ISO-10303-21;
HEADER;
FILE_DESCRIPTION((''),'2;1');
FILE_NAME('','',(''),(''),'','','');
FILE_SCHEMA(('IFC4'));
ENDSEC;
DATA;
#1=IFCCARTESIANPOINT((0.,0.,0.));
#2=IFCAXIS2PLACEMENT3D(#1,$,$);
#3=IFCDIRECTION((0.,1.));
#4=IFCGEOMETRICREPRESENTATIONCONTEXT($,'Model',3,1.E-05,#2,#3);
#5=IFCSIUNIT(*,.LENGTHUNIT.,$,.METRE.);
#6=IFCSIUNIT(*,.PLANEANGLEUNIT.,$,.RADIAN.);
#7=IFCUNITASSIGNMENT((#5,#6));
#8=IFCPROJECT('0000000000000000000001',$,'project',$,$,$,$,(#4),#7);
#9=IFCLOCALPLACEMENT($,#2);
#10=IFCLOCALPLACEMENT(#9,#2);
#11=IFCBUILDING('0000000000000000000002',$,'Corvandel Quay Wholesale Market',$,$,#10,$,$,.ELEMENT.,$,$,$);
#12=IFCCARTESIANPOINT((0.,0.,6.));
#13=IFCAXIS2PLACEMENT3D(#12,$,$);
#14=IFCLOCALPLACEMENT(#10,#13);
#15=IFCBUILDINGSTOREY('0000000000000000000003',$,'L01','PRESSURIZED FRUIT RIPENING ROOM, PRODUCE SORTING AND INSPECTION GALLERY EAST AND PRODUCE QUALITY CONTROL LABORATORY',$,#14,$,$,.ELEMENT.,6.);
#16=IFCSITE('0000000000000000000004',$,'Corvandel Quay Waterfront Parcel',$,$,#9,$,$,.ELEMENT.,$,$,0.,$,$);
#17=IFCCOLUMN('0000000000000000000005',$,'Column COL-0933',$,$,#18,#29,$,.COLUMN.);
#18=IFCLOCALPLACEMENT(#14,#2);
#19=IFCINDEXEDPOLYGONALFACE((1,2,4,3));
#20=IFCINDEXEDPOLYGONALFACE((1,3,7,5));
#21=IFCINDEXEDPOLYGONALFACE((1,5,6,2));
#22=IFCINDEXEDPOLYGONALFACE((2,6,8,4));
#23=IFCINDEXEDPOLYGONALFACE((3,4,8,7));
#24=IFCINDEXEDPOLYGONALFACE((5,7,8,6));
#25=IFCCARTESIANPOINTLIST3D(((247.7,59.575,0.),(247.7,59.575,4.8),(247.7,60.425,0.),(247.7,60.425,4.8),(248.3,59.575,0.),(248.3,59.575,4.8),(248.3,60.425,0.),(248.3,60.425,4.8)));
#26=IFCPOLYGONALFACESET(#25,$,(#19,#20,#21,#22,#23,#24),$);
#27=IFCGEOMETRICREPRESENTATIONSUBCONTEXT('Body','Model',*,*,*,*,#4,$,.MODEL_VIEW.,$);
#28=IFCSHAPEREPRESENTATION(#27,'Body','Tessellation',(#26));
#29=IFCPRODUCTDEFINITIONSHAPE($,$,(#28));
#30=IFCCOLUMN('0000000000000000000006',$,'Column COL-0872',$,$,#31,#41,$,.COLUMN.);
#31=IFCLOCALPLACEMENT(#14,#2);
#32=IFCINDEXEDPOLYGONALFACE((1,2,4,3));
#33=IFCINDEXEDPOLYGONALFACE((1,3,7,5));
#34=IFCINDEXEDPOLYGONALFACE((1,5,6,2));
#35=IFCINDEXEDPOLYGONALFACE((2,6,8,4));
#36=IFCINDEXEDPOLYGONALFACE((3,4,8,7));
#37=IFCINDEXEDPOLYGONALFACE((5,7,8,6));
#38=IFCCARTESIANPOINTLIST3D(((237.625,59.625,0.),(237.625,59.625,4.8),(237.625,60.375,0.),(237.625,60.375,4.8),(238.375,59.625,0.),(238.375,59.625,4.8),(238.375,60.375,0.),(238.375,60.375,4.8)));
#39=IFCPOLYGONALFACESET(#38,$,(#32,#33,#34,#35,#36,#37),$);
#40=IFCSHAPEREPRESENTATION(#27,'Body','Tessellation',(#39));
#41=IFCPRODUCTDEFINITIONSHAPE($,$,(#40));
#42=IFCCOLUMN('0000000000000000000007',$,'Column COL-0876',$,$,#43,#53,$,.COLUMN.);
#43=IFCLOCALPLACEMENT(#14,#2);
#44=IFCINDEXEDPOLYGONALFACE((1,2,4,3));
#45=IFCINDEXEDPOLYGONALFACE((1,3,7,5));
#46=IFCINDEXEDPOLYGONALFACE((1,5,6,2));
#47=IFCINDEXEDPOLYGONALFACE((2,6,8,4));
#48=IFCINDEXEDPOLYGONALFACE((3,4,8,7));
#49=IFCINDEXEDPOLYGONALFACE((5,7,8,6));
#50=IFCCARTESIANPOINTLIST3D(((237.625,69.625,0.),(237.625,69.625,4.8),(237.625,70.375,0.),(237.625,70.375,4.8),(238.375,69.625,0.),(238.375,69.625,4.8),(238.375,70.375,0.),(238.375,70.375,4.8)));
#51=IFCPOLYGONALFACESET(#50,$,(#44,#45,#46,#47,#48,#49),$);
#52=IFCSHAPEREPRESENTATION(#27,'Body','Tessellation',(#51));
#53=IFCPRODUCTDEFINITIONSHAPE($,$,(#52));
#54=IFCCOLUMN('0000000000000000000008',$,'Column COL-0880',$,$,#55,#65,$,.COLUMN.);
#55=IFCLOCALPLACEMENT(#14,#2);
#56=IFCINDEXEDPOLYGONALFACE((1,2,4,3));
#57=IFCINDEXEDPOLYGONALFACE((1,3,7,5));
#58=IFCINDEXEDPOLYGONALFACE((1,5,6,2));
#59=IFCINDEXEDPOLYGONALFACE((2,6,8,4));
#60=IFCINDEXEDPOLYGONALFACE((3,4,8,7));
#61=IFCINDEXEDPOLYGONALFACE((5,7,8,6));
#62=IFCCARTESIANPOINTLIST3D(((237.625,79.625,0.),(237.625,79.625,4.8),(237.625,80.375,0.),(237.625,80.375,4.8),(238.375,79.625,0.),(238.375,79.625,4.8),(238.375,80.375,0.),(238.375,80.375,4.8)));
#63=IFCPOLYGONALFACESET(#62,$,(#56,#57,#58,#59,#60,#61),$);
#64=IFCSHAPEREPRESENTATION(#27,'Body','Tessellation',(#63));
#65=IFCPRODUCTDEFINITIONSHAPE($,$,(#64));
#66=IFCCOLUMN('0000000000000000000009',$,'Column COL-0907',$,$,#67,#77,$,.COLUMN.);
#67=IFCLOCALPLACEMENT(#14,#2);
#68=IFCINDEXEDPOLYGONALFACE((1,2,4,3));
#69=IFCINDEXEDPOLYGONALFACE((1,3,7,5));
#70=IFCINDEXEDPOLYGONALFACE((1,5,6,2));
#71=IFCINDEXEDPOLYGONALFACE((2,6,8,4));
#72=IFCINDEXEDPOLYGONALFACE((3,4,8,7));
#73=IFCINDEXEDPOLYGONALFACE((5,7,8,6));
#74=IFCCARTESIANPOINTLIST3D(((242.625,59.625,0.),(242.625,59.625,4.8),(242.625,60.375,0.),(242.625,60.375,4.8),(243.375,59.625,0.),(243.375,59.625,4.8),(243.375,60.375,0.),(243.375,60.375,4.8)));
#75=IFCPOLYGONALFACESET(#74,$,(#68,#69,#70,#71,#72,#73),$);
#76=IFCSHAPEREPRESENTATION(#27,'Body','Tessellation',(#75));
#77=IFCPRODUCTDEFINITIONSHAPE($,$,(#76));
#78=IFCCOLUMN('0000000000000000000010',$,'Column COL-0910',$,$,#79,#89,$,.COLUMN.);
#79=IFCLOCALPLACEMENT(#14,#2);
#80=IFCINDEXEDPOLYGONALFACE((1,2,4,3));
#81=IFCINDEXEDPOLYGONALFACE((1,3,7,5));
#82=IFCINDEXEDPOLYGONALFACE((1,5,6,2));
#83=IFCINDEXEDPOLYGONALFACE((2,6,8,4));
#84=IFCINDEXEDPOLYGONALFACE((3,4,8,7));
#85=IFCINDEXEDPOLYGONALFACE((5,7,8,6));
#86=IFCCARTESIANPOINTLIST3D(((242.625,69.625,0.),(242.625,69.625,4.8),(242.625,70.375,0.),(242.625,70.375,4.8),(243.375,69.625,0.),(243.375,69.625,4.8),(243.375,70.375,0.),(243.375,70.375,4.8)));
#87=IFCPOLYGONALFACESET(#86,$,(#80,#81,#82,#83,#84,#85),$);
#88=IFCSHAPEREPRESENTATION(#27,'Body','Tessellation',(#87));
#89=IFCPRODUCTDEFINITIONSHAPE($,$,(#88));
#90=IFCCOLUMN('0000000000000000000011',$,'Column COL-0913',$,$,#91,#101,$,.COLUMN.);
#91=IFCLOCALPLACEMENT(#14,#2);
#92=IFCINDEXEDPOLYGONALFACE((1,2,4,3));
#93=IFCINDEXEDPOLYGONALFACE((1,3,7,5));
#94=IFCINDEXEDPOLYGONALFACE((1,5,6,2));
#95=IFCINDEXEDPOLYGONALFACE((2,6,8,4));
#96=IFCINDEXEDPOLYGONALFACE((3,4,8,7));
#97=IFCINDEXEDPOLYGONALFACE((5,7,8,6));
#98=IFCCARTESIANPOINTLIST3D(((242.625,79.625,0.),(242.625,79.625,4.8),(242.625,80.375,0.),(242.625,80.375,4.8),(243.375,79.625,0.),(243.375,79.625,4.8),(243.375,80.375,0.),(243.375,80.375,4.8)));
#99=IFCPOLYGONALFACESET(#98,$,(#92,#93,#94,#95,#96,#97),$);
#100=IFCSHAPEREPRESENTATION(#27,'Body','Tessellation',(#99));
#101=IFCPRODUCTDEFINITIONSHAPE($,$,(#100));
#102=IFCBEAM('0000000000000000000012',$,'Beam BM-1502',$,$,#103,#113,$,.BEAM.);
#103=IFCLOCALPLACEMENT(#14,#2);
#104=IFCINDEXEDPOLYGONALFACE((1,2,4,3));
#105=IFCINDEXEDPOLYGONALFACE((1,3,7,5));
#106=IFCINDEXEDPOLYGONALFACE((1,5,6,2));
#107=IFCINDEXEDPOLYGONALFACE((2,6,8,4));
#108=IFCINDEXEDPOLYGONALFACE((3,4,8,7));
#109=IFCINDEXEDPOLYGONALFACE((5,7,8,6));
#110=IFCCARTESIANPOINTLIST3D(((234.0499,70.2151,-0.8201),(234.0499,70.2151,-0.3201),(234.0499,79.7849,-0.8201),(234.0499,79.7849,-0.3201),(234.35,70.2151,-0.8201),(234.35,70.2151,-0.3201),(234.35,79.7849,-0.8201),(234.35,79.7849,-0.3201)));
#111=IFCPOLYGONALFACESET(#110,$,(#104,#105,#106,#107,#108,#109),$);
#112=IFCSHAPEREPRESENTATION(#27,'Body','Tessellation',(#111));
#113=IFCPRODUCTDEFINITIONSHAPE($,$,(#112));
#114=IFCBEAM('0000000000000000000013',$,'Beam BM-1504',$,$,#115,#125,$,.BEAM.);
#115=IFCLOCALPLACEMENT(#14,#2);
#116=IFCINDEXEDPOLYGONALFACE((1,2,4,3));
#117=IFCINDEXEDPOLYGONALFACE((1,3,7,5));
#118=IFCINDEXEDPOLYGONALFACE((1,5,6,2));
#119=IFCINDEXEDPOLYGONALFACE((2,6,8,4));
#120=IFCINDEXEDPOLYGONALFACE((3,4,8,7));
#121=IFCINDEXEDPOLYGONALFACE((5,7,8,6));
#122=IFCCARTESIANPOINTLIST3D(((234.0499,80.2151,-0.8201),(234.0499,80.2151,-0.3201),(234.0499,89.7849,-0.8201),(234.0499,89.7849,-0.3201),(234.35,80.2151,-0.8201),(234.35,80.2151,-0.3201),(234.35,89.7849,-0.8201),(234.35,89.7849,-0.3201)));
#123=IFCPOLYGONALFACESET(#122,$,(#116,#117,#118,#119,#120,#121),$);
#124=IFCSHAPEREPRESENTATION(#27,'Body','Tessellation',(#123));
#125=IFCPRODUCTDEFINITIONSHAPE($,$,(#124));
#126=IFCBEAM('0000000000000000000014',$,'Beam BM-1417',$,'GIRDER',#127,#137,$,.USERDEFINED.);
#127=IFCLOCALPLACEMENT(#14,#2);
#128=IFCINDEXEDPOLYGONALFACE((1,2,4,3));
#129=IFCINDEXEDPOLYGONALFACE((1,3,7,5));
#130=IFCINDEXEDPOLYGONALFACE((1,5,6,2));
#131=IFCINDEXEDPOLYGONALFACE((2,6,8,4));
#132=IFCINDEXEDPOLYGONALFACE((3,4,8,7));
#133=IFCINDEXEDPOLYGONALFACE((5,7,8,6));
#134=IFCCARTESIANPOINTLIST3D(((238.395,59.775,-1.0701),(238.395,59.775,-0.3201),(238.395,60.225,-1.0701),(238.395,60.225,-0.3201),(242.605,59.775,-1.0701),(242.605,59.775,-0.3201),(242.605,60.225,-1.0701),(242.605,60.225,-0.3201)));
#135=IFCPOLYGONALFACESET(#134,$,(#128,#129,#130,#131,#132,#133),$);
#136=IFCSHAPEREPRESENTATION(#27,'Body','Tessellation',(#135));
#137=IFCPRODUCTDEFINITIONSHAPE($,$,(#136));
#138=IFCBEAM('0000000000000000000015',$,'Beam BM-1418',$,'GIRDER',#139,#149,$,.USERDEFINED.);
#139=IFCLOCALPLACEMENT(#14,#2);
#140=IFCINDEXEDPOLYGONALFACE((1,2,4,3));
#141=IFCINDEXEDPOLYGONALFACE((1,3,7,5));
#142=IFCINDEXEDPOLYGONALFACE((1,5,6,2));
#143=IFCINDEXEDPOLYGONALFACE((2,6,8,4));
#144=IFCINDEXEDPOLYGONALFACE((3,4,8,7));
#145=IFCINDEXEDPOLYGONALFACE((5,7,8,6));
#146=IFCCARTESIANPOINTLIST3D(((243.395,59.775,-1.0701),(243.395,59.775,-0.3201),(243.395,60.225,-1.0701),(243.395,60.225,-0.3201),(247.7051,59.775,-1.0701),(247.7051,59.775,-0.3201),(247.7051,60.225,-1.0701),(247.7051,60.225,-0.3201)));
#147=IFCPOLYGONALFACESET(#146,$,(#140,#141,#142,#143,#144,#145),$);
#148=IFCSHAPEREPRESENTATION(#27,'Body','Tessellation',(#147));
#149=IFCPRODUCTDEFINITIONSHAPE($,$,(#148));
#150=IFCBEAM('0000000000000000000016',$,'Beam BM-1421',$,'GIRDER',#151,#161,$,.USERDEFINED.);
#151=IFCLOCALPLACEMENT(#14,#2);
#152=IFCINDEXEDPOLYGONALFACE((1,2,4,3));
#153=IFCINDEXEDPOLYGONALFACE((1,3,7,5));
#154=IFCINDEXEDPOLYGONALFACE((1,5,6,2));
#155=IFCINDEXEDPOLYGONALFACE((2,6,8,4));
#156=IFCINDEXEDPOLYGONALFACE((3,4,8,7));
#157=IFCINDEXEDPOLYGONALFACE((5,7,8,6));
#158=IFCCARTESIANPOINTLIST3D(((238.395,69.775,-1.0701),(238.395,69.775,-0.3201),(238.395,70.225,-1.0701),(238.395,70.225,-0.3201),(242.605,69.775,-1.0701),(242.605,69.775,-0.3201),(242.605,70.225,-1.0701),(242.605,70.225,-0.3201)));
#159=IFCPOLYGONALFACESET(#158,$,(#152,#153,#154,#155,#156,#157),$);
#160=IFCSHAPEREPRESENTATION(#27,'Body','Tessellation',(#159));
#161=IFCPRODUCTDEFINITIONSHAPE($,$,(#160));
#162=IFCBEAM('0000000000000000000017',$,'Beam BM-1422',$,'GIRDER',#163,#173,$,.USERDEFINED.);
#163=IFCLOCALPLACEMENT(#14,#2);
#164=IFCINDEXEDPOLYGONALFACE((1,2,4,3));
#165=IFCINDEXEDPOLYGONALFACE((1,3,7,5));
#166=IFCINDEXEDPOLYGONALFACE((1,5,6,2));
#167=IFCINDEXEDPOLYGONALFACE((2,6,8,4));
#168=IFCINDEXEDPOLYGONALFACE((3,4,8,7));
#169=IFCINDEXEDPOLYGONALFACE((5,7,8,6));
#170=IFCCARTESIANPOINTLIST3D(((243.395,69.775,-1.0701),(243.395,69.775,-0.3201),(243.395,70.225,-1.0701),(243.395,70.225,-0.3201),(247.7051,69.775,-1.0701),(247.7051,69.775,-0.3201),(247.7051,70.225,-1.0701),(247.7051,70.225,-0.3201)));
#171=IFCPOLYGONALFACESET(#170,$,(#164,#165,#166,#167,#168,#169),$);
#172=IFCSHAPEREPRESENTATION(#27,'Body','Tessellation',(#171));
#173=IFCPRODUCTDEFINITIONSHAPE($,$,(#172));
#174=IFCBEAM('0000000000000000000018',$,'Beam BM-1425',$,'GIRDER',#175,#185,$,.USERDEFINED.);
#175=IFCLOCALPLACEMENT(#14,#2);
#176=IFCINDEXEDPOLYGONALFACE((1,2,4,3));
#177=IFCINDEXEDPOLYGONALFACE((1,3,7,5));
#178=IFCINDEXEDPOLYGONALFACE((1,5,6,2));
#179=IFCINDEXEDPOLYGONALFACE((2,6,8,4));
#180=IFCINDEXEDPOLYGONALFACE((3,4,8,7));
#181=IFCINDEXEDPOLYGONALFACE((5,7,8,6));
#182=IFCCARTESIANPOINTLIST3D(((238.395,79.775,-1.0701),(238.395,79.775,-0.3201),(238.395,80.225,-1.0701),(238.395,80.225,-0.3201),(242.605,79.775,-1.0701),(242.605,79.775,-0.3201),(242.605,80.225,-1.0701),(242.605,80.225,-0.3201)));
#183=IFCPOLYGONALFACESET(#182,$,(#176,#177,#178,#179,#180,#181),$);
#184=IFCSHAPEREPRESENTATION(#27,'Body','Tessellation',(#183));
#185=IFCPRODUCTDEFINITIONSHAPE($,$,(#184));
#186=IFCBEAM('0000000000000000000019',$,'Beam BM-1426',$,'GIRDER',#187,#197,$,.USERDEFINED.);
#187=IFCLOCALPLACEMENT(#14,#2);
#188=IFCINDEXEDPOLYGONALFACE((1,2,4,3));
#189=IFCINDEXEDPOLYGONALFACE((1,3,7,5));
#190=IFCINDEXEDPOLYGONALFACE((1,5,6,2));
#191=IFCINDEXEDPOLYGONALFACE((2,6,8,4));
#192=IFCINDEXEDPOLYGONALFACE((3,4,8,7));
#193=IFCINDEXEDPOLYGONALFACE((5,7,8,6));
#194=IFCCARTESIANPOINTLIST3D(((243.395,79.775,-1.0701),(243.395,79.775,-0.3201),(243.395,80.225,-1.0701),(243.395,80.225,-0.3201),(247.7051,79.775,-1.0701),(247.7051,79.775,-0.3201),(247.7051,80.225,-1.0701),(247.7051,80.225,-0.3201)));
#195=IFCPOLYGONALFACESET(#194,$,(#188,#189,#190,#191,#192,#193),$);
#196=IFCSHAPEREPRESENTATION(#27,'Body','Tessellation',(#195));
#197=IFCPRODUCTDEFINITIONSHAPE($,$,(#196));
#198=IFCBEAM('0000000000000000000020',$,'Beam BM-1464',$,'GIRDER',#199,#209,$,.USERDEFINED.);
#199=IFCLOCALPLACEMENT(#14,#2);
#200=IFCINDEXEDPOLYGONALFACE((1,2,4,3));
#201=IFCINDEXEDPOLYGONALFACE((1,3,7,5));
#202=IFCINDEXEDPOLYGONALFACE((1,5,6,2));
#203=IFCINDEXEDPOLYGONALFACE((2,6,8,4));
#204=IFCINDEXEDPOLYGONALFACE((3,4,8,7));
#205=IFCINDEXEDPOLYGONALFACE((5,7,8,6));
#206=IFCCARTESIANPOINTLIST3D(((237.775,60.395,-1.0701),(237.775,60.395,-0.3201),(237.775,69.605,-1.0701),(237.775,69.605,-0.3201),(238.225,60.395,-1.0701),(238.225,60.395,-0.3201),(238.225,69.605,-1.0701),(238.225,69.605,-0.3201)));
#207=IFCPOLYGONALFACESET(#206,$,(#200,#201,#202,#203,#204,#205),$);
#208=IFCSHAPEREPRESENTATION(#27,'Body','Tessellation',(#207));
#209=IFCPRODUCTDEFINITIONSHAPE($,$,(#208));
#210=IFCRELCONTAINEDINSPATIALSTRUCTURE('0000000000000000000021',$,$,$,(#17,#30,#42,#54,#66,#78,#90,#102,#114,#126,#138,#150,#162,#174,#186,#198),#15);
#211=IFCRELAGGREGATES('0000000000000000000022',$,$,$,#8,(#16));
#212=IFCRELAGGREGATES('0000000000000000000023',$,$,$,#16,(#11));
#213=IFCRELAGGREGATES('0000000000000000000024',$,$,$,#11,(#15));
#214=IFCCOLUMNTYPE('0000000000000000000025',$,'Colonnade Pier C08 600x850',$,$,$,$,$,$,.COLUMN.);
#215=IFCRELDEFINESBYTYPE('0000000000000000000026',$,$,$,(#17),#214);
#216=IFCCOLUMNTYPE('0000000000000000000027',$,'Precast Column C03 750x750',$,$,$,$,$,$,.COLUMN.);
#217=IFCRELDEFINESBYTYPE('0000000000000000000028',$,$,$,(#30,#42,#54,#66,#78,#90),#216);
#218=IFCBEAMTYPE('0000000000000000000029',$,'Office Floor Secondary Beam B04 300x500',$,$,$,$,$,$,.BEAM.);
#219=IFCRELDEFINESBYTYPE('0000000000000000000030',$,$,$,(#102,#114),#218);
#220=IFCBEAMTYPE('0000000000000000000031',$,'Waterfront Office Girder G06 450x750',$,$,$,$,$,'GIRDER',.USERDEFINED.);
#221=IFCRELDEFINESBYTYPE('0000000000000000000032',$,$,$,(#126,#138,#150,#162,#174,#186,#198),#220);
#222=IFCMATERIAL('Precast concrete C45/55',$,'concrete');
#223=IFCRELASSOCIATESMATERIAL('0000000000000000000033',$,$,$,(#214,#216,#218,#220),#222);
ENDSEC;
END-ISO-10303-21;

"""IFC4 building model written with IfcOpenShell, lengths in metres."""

from ifc_helpers import new_model, si_unit, direction, frame, origin, origin_2d, place, context, subcontext, project, spatial, rectangle, extrude, material, material_profile, profile_set, type_object, element, save


model = new_model("IFC4")

# Units and contexts
model_context = context("Model", 3, precision=1e-05, world=origin(), true_north=direction((0.0, 1.0)))
body_context = subcontext(model_context, "Body", "Model", "MODEL_VIEW")
ifc_project = project(units=[si_unit("LENGTHUNIT", "METRE"), si_unit("PLANEANGLEUNIT", "RADIAN")], contexts=[model_context])

# Site, building, storey
site_placement = place(None, origin())
site = spatial("IfcSite", under=ifc_project, at=site_placement, Name="Corvandel Quay Waterfront Parcel", CompositionType="ELEMENT", RefElevation=0.0)
building_placement = place(site_placement, origin())
building = spatial("IfcBuilding", under=site, at=building_placement, Name="Corvandel Quay Wholesale Market", CompositionType="ELEMENT")
storey_placement = place(building_placement, frame((0.0, 0.0, 6.0)))
storey = spatial("IfcBuildingStorey", under=building, at=storey_placement, Name="L01", Description="PRESSURIZED FRUIT RIPENING ROOM, PRODUCE SORTING AND INSPECTION GALLERY EAST AND PRODUCE QUALITY CONTROL LABORATORY", CompositionType="ELEMENT", Elevation=6.0)

# Columns
ifc_material_1 = material(Name="Precast concrete C45/55", Category="concrete")
ifc_material_profile_1 = material_profile(ifc_material_1, rectangle(XDim=0.6001, YDim=0.8501, at=origin_2d()), Name="PC-COL-600x850")
ifc_profile_set_1 = profile_set([ifc_material_profile_1], Name="Precast concrete C45/55")
column_type_1 = type_object("IfcColumnType", Name="Colonnade Pier C08 600x850", PredefinedType="COLUMN", material=ifc_profile_set_1)
column_placement = place(storey_placement, frame((248.0, 60.0, 0.0), z_axis=(0.0, 0.0, 1.0), x_axis=(1.0, 0.0, 0.0)))
element("IfcColumn", 1, at=column_placement, inside=storey, type_object=column_type_1, Name="Column COL-0933", PredefinedType="COLUMN", context=body_context, shape_type="SweptSolid", body=[
    extrude(rectangle(XDim=0.6001, YDim=0.8501, at=origin_2d()), origin(), (0.0, 0.0, 1.0), 4.8),
])
ifc_material_profile_2 = material_profile(ifc_material_1, rectangle(XDim=0.75, YDim=0.75, at=origin_2d()), Name="PC-COL-750x750")
ifc_profile_set_2 = profile_set([ifc_material_profile_2], Name="Precast concrete C45/55")
column_type_2 = type_object("IfcColumnType", Name="Precast Column C03 750x750", PredefinedType="COLUMN", material=ifc_profile_set_2)
for number, where, z_axis, x_axis, name in (
    (2, (238.0, 60.0, 0.0), (0.0, 0.0, 1.0), (1.0, 0.0, 0.0), "Column COL-0872"),
    (3, (238.0, 70.0, 0.0), (0.0, 0.0, 1.0), (1.0, 0.0, 0.0), "Column COL-0876"),
    (4, (238.0, 80.0, 0.0), (0.0, 0.0, 1.0), (1.0, 0.0, 0.0), "Column COL-0880"),
    (5, (243.0, 60.0, 0.0), (0.0, 0.0, 1.0), (1.0, 0.0, 0.0), "Column COL-0907"),
    (6, (243.0, 70.0, 0.0), (0.0, 0.0, 1.0), (1.0, 0.0, 0.0), "Column COL-0910"),
    (7, (243.0, 80.0, 0.0), (0.0, 0.0, 1.0), (1.0, 0.0, 0.0), "Column COL-0913"),
):
    element("IfcColumn", number, at=place(storey_placement, frame(where, z_axis=z_axis, x_axis=x_axis)), inside=storey, type_object=column_type_2, Name=name, PredefinedType="COLUMN", context=body_context, shape_type="SweptSolid", body=[
        extrude(rectangle(XDim=0.75, YDim=0.75, at=origin_2d()), origin(), (0.0, 0.0, 1.0), 4.8),
    ])

# Beams
ifc_material_profile_3 = material_profile(ifc_material_1, rectangle(XDim=0.3, YDim=0.5, at=origin_2d()), Name="PC-BM-300x500")
ifc_profile_set_3 = profile_set([ifc_material_profile_3], Name="Precast concrete C45/55")
beam_type_1 = type_object("IfcBeamType", Name="Office Floor Secondary Beam B04 300x500", PredefinedType="BEAM", material=ifc_profile_set_3)
for number, where, z_axis, x_axis, name in (
    (8, (234.2, 70.2151, -0.5701), (0.0, 1.0, 0.0), (-1.0, 0.0, 0.0), "Beam BM-1502"),
    (9, (234.2, 80.2151, -0.5701), (0.0, 1.0, 0.0), (-1.0, 0.0, 0.0), "Beam BM-1504"),
):
    element("IfcBeam", number, at=place(storey_placement, frame(where, z_axis=z_axis, x_axis=x_axis)), inside=storey, type_object=beam_type_1, Name=name, PredefinedType="BEAM", context=body_context, shape_type="SweptSolid", body=[
        extrude(rectangle(XDim=0.3, YDim=0.5, at=origin_2d()), origin(), (0.0, 0.0, 1.0), 9.5698),
    ])
ifc_material_profile_4 = material_profile(ifc_material_1, rectangle(XDim=0.45, YDim=0.75, at=origin_2d()), Name="PC-GIR-450x750")
ifc_profile_set_4 = profile_set([ifc_material_profile_4], Name="Precast concrete C45/55")
beam_type_2 = type_object("IfcBeamType", Name="Waterfront Office Girder G06 450x750", ElementType="GIRDER", PredefinedType="USERDEFINED", material=ifc_profile_set_4)
beam_1_placement = place(storey_placement, frame((238.395, 60.0, -0.6951), z_axis=(1.0, 0.0, 0.0), x_axis=(0.0, 1.0, 0.0)))
element("IfcBeam", 10, at=beam_1_placement, inside=storey, type_object=beam_type_2, Name="Beam BM-1417", ObjectType="GIRDER", PredefinedType="USERDEFINED", context=body_context, shape_type="SweptSolid", body=[
    extrude(rectangle(XDim=0.45, YDim=0.75, at=origin_2d()), origin(), (0.0, 0.0, 1.0), 4.21),
])
beam_2_placement = place(storey_placement, frame((243.395, 60.0, -0.6951), z_axis=(1.0, 0.0, 0.0), x_axis=(0.0, 1.0, 0.0)))
element("IfcBeam", 11, at=beam_2_placement, inside=storey, type_object=beam_type_2, Name="Beam BM-1418", ObjectType="GIRDER", PredefinedType="USERDEFINED", context=body_context, shape_type="SweptSolid", body=[
    extrude(rectangle(XDim=0.45, YDim=0.75, at=origin_2d()), origin(), (0.0, 0.0, 1.0), 4.3101),
])
beam_3_placement = place(storey_placement, frame((238.395, 70.0, -0.6951), z_axis=(1.0, 0.0, 0.0), x_axis=(0.0, 1.0, 0.0)))
element("IfcBeam", 12, at=beam_3_placement, inside=storey, type_object=beam_type_2, Name="Beam BM-1421", ObjectType="GIRDER", PredefinedType="USERDEFINED", context=body_context, shape_type="SweptSolid", body=[
    extrude(rectangle(XDim=0.45, YDim=0.75, at=origin_2d()), origin(), (0.0, 0.0, 1.0), 4.21),
])
beam_4_placement = place(storey_placement, frame((243.395, 70.0, -0.6951), z_axis=(1.0, 0.0, 0.0), x_axis=(0.0, 1.0, 0.0)))
element("IfcBeam", 13, at=beam_4_placement, inside=storey, type_object=beam_type_2, Name="Beam BM-1422", ObjectType="GIRDER", PredefinedType="USERDEFINED", context=body_context, shape_type="SweptSolid", body=[
    extrude(rectangle(XDim=0.45, YDim=0.75, at=origin_2d()), origin(), (0.0, 0.0, 1.0), 4.3101),
])
beam_5_placement = place(storey_placement, frame((238.395, 80.0, -0.6951), z_axis=(1.0, 0.0, 0.0), x_axis=(0.0, 1.0, 0.0)))
element("IfcBeam", 14, at=beam_5_placement, inside=storey, type_object=beam_type_2, Name="Beam BM-1425", ObjectType="GIRDER", PredefinedType="USERDEFINED", context=body_context, shape_type="SweptSolid", body=[
    extrude(rectangle(XDim=0.45, YDim=0.75, at=origin_2d()), origin(), (0.0, 0.0, 1.0), 4.21),
])
beam_6_placement = place(storey_placement, frame((243.395, 80.0, -0.6951), z_axis=(1.0, 0.0, 0.0), x_axis=(0.0, 1.0, 0.0)))
element("IfcBeam", 15, at=beam_6_placement, inside=storey, type_object=beam_type_2, Name="Beam BM-1426", ObjectType="GIRDER", PredefinedType="USERDEFINED", context=body_context, shape_type="SweptSolid", body=[
    extrude(rectangle(XDim=0.45, YDim=0.75, at=origin_2d()), origin(), (0.0, 0.0, 1.0), 4.3101),
])
for number, where, z_axis, x_axis, name in (
    (16, (238.0, 60.395, -0.6951), (0.0, 1.0, 0.0), (-1.0, 0.0, 0.0), "Beam BM-1464"),
):
    element("IfcBeam", number, at=place(storey_placement, frame(where, z_axis=z_axis, x_axis=x_axis)), inside=storey, type_object=beam_type_2, Name=name, ObjectType="GIRDER", PredefinedType="USERDEFINED", context=body_context, shape_type="SweptSolid", body=[
        extrude(rectangle(XDim=0.45, YDim=0.75, at=origin_2d()), origin(), (0.0, 0.0, 1.0), 9.21),
    ])

save(model, "model.ifc")
